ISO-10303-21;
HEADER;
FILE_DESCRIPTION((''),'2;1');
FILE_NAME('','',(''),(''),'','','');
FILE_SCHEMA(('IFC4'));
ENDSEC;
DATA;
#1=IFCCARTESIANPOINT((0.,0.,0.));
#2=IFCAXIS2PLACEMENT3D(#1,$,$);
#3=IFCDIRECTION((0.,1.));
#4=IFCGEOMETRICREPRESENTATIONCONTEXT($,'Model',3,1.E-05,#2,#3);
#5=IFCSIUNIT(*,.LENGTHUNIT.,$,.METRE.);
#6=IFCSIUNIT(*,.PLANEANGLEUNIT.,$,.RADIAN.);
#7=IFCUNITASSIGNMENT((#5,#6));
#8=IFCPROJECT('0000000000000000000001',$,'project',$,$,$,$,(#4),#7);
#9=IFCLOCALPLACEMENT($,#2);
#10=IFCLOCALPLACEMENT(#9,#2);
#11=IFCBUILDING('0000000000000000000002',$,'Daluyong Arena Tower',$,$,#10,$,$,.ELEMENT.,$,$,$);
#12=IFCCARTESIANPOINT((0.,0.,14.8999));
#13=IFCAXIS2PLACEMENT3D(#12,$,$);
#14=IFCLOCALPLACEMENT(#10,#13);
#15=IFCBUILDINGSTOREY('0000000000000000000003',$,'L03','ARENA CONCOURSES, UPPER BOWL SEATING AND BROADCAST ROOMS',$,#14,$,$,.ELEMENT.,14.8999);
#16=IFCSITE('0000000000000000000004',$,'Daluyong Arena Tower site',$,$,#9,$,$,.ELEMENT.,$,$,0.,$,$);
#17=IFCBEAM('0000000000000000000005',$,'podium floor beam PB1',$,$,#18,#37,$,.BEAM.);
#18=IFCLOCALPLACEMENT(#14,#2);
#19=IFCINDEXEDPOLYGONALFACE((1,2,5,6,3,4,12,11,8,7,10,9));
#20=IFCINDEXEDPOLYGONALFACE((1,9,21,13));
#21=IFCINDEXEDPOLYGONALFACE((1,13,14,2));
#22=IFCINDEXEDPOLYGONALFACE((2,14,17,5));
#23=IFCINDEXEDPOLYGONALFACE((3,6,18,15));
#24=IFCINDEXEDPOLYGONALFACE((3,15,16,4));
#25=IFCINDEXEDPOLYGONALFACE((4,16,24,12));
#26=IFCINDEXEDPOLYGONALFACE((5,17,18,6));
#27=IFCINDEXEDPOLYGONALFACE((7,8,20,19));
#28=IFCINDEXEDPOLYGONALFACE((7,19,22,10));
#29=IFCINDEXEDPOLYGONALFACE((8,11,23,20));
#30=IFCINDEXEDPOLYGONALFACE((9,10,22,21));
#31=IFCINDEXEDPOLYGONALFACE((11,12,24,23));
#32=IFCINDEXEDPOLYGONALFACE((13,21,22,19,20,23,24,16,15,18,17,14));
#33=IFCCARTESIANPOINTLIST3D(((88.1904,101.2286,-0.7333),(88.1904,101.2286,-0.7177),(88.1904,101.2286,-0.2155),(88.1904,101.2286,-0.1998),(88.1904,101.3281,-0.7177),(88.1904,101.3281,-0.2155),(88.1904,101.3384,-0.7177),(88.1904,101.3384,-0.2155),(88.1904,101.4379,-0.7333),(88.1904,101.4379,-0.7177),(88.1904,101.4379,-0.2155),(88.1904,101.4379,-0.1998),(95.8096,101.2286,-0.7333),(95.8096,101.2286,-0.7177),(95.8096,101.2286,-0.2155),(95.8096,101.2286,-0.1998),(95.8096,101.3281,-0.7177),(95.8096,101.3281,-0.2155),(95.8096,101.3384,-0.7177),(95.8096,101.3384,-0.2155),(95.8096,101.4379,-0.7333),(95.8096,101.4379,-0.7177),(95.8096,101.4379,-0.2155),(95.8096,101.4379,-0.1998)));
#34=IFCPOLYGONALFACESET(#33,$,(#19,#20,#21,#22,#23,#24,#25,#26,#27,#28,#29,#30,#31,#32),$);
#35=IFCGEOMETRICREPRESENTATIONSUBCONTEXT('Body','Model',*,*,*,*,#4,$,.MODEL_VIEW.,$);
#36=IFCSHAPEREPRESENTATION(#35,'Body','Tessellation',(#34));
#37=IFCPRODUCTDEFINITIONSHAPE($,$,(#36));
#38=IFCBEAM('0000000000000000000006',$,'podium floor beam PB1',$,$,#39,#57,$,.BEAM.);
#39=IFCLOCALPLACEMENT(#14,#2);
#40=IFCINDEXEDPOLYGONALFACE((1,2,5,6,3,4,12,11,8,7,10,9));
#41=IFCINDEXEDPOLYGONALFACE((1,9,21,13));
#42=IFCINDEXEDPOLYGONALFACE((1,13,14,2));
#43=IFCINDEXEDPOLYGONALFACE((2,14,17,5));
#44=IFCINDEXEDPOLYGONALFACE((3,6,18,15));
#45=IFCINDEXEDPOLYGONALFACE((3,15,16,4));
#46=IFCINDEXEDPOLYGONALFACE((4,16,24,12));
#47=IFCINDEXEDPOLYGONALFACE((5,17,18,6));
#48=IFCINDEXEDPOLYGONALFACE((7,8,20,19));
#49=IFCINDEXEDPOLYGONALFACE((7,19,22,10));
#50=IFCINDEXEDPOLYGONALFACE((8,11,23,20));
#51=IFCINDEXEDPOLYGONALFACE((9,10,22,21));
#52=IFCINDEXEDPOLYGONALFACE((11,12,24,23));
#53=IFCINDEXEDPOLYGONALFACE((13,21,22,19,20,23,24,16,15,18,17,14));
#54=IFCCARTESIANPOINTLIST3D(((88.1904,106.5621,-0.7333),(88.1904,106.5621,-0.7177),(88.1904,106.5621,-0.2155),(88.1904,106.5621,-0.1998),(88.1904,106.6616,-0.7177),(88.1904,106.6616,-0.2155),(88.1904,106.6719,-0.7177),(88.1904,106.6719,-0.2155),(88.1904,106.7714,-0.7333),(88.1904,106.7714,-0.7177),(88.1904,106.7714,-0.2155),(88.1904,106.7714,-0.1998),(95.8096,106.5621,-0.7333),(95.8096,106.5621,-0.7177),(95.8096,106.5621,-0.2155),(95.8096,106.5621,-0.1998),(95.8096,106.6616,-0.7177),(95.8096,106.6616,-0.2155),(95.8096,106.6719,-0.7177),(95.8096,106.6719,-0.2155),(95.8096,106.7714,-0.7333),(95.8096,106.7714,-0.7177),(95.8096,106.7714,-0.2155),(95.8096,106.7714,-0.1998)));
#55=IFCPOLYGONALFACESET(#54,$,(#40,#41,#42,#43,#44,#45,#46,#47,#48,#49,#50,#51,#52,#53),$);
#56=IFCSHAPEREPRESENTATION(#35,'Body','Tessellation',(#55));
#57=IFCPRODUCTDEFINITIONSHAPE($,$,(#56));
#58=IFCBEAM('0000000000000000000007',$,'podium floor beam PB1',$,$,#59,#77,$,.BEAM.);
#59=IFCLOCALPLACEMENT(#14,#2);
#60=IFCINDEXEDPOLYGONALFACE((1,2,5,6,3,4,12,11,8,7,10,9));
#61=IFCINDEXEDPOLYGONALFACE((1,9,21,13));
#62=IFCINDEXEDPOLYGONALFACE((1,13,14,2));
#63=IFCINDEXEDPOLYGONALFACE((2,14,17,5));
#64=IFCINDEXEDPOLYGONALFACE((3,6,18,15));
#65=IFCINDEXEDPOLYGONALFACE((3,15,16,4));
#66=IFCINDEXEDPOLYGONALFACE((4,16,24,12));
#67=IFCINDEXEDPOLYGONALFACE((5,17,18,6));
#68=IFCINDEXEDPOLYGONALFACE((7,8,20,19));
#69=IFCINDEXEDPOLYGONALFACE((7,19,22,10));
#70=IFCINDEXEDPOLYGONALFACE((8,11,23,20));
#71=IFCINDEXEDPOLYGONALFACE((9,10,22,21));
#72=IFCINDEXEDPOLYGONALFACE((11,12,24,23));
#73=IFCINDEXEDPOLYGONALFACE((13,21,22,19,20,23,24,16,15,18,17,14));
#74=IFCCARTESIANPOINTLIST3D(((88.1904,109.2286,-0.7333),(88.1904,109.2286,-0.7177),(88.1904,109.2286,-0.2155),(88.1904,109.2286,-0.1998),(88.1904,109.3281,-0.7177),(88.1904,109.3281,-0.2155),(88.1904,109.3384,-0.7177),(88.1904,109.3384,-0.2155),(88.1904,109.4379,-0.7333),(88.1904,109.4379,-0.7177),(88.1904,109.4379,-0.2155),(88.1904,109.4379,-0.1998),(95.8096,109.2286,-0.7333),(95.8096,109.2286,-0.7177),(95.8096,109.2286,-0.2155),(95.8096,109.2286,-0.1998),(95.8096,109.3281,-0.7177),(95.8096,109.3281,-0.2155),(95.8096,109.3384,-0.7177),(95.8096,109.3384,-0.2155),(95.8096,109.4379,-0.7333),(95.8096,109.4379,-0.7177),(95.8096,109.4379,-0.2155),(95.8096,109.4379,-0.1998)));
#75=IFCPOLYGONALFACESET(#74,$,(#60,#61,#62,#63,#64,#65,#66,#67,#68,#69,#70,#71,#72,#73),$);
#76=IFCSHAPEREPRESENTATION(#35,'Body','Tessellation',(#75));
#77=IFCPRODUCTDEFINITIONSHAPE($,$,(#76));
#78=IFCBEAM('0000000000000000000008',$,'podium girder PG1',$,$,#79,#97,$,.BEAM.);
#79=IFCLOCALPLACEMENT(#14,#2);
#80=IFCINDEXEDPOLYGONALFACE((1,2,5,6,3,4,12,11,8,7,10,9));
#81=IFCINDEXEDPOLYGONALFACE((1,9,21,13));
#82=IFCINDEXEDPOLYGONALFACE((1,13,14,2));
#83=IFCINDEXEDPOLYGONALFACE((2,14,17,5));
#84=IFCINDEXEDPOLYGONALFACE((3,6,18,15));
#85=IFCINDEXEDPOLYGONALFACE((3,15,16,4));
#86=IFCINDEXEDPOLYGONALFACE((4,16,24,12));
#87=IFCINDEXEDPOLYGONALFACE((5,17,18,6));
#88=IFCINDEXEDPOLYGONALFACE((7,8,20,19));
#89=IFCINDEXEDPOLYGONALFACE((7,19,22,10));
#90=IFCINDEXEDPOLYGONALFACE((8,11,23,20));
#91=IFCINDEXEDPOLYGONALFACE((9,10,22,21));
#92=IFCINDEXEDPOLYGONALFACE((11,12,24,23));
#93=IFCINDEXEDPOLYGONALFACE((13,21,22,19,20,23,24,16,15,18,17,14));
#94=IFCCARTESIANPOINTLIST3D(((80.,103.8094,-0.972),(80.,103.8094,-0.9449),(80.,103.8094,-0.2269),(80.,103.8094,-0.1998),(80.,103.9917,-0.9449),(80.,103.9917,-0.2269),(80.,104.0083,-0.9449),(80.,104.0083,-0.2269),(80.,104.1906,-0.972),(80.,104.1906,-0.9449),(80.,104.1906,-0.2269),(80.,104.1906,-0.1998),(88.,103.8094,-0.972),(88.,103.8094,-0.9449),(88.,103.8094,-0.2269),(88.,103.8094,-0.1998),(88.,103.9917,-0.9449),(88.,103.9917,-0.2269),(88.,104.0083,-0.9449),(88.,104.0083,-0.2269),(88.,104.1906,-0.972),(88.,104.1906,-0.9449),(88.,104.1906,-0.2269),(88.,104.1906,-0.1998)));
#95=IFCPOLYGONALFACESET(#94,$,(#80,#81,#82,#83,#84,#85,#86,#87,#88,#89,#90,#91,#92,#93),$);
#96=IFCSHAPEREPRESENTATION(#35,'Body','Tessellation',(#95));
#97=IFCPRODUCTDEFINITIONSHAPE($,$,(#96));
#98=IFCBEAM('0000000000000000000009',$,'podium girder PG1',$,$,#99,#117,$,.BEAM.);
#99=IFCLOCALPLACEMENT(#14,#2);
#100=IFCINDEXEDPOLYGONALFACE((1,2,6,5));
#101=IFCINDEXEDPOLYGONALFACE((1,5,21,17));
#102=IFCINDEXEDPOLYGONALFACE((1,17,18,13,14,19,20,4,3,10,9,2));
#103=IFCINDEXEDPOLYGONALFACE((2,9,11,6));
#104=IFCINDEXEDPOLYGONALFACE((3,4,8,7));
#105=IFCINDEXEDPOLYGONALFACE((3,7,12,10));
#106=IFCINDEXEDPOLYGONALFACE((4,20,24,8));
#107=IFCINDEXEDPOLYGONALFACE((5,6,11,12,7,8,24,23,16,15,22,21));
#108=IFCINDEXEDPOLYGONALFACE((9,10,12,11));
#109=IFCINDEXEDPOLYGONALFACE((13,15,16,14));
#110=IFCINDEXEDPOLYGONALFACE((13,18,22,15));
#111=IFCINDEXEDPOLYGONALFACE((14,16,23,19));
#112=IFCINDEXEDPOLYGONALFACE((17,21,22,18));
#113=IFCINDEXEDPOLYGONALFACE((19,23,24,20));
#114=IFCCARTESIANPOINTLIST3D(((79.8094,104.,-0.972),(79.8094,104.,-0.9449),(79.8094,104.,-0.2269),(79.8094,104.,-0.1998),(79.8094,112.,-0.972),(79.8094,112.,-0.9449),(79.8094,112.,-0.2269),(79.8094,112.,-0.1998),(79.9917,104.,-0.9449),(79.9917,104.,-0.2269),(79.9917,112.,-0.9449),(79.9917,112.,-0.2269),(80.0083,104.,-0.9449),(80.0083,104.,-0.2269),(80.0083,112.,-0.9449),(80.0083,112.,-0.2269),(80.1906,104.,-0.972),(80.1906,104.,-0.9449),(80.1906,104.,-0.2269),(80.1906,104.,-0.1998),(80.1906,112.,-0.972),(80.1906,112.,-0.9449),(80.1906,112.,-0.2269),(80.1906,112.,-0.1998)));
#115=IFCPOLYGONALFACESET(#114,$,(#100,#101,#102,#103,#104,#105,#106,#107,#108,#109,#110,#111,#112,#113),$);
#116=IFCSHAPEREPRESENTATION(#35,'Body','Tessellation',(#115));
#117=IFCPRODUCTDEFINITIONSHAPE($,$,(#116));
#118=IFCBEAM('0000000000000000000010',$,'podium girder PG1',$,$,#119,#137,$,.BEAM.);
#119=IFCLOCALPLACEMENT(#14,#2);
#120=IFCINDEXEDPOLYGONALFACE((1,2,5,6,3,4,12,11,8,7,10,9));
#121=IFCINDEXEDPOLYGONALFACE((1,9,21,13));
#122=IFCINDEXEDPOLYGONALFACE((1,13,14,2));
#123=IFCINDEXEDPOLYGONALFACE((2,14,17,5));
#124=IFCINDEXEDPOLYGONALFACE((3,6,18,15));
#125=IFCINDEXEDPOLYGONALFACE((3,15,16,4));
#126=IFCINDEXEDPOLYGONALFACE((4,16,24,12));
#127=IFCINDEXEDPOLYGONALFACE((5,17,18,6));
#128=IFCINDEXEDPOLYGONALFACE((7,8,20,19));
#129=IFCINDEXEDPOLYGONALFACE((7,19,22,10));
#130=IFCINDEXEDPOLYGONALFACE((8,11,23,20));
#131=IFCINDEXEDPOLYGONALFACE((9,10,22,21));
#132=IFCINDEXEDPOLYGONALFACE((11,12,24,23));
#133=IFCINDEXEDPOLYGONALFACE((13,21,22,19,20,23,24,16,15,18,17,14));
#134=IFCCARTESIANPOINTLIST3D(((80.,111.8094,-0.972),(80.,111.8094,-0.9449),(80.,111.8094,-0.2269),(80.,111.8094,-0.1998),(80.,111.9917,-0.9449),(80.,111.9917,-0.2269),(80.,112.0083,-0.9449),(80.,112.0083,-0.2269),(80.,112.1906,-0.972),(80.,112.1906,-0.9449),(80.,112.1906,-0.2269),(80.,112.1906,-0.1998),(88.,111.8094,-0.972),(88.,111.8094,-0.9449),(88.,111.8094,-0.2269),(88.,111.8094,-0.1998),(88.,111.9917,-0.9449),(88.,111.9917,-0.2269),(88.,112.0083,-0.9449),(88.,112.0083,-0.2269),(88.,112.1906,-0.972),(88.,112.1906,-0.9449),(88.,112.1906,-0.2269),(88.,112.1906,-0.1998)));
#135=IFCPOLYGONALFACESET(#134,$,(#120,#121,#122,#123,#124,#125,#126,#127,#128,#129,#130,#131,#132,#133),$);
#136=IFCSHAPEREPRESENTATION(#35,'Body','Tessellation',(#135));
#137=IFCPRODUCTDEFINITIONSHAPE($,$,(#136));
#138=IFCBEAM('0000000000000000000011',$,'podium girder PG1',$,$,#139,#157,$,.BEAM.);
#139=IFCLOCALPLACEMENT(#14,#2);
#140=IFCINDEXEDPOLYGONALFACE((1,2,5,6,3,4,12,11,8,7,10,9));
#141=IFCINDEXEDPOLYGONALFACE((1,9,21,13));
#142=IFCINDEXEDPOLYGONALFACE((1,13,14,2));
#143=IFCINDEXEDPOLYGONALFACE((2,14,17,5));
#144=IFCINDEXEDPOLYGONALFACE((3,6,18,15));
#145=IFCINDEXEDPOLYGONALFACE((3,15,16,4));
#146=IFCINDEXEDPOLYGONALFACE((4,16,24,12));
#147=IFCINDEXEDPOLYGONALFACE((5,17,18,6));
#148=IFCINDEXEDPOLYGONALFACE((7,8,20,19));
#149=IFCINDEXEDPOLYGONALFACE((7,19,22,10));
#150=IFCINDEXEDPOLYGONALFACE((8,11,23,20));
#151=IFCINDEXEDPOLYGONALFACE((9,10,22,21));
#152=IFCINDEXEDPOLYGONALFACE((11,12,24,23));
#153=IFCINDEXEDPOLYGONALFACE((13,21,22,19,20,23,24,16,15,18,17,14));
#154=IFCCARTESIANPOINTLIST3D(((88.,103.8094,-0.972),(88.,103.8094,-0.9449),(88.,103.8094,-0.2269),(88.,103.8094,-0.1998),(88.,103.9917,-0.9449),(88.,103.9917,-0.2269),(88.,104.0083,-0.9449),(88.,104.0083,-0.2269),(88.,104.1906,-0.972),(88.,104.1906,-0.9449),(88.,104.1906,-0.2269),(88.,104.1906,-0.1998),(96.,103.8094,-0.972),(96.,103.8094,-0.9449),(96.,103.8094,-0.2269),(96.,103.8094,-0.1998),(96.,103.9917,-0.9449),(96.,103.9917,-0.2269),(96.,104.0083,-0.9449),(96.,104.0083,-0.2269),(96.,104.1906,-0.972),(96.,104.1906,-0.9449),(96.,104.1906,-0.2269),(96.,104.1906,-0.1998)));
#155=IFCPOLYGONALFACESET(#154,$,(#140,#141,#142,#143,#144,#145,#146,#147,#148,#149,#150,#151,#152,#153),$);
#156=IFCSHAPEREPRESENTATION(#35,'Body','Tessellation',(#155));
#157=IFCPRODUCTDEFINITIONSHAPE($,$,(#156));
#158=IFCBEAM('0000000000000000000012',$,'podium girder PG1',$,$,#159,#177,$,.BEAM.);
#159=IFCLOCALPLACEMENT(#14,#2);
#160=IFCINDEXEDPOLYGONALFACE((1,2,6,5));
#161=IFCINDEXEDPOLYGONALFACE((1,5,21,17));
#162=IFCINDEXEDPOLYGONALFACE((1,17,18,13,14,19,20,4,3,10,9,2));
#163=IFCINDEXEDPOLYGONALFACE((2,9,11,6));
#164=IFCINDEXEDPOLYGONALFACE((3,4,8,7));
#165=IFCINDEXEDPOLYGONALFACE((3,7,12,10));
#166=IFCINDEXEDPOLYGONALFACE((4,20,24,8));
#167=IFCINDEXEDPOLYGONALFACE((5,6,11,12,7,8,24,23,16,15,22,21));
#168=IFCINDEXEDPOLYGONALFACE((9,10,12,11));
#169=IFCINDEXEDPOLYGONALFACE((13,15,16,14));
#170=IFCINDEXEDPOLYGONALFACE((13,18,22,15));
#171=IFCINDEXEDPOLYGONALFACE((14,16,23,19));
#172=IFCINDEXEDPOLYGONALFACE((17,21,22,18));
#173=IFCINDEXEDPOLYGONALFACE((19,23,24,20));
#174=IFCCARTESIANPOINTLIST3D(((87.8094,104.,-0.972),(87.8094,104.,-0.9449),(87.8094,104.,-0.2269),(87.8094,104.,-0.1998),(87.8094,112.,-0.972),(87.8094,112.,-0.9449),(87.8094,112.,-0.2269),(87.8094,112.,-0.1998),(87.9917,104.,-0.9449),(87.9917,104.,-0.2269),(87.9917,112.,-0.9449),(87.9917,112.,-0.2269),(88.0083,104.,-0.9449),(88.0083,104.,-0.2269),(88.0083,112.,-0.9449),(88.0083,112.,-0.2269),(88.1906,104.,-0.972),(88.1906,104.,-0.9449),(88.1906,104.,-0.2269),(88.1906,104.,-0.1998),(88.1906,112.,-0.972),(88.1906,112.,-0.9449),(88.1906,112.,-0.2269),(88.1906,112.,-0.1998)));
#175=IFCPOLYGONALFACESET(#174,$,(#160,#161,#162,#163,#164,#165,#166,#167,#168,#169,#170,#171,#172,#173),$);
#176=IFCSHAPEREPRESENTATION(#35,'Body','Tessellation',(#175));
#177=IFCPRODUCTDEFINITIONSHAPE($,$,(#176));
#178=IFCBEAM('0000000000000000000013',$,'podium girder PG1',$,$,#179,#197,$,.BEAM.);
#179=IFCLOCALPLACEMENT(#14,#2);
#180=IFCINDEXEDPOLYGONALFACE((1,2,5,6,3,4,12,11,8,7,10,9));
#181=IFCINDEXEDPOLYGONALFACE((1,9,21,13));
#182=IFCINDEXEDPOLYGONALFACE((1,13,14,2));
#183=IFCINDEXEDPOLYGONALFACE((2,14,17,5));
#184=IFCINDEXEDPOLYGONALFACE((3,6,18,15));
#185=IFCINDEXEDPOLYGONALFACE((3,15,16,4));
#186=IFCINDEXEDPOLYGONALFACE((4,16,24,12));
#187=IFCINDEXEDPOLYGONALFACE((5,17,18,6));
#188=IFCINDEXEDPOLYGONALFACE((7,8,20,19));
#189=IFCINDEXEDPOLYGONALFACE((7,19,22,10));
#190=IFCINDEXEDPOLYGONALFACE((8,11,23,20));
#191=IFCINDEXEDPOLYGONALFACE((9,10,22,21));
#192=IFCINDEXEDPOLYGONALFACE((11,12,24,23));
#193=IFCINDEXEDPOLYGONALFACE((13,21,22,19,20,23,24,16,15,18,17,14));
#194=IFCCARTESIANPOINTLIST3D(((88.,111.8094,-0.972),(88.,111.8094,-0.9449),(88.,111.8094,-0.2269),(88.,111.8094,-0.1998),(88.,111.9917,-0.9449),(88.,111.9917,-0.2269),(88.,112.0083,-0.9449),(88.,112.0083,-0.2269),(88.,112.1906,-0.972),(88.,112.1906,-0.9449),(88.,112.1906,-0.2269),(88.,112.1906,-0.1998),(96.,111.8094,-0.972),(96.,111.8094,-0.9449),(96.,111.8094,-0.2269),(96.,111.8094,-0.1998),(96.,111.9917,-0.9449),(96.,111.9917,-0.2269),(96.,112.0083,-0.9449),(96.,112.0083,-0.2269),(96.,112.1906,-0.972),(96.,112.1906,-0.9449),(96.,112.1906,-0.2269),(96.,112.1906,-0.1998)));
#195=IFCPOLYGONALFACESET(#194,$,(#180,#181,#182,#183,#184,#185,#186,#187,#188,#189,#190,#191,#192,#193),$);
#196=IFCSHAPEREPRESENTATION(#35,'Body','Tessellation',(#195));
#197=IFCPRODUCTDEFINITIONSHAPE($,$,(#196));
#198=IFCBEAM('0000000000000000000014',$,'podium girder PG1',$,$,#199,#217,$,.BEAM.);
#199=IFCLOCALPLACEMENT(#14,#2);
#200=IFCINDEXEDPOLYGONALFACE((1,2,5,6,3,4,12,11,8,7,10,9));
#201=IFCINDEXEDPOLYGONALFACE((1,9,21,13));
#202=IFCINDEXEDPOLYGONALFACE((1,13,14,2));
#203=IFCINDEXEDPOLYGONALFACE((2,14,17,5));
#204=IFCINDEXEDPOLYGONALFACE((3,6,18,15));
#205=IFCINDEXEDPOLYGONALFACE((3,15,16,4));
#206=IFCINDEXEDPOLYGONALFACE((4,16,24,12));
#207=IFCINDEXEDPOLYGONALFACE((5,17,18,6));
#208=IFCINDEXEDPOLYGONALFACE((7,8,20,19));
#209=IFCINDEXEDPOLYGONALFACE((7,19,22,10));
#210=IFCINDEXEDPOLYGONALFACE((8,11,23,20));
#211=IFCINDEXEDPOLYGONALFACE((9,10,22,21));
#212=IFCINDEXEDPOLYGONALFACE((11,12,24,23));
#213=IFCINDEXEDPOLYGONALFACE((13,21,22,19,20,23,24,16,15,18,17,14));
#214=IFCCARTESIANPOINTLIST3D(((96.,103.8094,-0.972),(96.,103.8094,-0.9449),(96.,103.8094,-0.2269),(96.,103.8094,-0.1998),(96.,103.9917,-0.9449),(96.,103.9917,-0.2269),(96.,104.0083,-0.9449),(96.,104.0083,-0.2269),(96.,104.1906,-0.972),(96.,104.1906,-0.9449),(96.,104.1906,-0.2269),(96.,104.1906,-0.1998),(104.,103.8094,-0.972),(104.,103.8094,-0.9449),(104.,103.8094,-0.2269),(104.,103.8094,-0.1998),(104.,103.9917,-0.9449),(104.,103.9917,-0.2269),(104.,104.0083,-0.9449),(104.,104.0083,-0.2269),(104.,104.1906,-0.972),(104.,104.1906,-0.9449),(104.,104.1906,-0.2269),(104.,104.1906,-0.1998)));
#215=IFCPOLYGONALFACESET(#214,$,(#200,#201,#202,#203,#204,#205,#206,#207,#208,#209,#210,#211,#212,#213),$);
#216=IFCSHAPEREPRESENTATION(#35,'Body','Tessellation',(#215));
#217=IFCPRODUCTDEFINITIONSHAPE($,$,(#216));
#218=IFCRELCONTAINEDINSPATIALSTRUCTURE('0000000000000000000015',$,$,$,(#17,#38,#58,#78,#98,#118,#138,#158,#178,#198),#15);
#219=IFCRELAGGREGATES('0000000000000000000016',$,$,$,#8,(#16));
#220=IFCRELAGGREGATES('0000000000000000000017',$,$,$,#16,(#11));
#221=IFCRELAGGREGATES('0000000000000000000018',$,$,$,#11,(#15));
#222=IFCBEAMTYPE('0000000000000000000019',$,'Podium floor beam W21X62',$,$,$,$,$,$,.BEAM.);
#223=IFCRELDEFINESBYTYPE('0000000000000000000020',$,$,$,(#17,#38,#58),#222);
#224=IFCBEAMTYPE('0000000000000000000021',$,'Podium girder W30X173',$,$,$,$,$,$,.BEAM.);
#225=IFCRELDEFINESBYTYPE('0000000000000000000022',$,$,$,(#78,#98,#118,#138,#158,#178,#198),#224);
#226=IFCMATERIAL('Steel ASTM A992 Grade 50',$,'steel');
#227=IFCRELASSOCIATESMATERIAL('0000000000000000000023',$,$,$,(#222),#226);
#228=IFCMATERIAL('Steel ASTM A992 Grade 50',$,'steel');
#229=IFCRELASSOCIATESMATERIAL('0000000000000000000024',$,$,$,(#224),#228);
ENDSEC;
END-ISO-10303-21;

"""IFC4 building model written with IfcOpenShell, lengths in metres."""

from ifc_helpers import new_model, si_unit, direction, frame, origin, origin_2d, place, context, subcontext, project, spatial, i_section, extrude, material, material_profile, profile_set, type_object, element, save


model = new_model("IFC4")

# Units and contexts
model_context = context("Model", 3, precision=1e-05, world=origin(), true_north=direction((0.0, 1.0)))
body_context = subcontext(model_context, "Body", "Model", "MODEL_VIEW")
ifc_project = project(units=[si_unit("LENGTHUNIT", "METRE"), si_unit("PLANEANGLEUNIT", "RADIAN")], contexts=[model_context])

# Site, building, storey
site_placement = place(None, origin())
site = spatial("IfcSite", under=ifc_project, at=site_placement, Name="Daluyong Arena Tower site", CompositionType="ELEMENT", RefElevation=0.0)
building_placement = place(site_placement, origin())
building = spatial("IfcBuilding", under=site, at=building_placement, Name="Daluyong Arena Tower", CompositionType="ELEMENT")
storey_placement = place(building_placement, frame((0.0, 0.0, 14.8999)))
storey = spatial("IfcBuildingStorey", under=building, at=storey_placement, Name="L03", Description="ARENA CONCOURSES, UPPER BOWL SEATING AND BROADCAST ROOMS", CompositionType="ELEMENT", Elevation=14.8999)

# Beams
ifc_material_1 = material(Name="Steel ASTM A992 Grade 50", Category="steel")
ifc_material_profile_1 = material_profile(ifc_material_1, i_section(OverallWidth=0.2092, OverallDepth=0.5334, WebThickness=0.0103, FlangeThickness=0.0156, at=origin_2d()))
ifc_profile_set_1 = profile_set([ifc_material_profile_1], Name="Steel ASTM A992 Grade 50")
beam_type_1 = type_object("IfcBeamType", Name="Podium floor beam W21X62", PredefinedType="BEAM", material=ifc_profile_set_1)
for number, where, z_axis, x_axis, name in (
    (1, (88.1904, 101.3333, -0.4666), (1.0, 0.0, 0.0), (0.0, 1.0, 0.0), "podium floor beam PB1"),
    (2, (88.1904, 106.6667, -0.4666), (1.0, 0.0, 0.0), (0.0, 1.0, 0.0), "podium floor beam PB1"),
    (3, (88.1904, 109.3333, -0.4666), (1.0, 0.0, 0.0), (0.0, 1.0, 0.0), "podium floor beam PB1"),
):
    element("IfcBeam", number, at=place(storey_placement, frame(where, z_axis=z_axis, x_axis=x_axis)), inside=storey, type_object=beam_type_1, Name=name, PredefinedType="BEAM", context=body_context, shape_type="SweptSolid", body=[
        extrude(i_section(OverallWidth=0.2092, OverallDepth=0.5334, WebThickness=0.0103, FlangeThickness=0.0156, at=origin_2d()), origin(), (0.0, 0.0, 1.0), 7.6191),
    ])
ifc_material_2 = material(Name="Steel ASTM A992 Grade 50", Category="steel")
ifc_material_profile_2 = material_profile(ifc_material_2, i_section(OverallWidth=0.3811, OverallDepth=0.7722, WebThickness=0.0166, FlangeThickness=0.0271, at=origin_2d()))
ifc_profile_set_2 = profile_set([ifc_material_profile_2], Name="Steel ASTM A992 Grade 50")
beam_type_2 = type_object("IfcBeamType", Name="Podium girder W30X173", PredefinedType="BEAM", material=ifc_profile_set_2)
for number, where, z_axis, x_axis, name in (
    (4, (80.0, 104.0, -0.5859), (1.0, 0.0, 0.0), (0.0, 1.0, 0.0), "podium girder PG1"),
    (5, (80.0, 104.0, -0.5859), (0.0, 1.0, 0.0), (-1.0, 0.0, 0.0), "podium girder PG1"),
    (6, (80.0, 112.0, -0.5859), (1.0, 0.0, 0.0), (0.0, 1.0, 0.0), "podium girder PG1"),
    (7, (88.0, 104.0, -0.5859), (1.0, 0.0, 0.0), (0.0, 1.0, 0.0), "podium girder PG1"),
    (8, (88.0, 104.0, -0.5859), (0.0, 1.0, 0.0), (-1.0, 0.0, 0.0), "podium girder PG1"),
    (9, (88.0, 112.0, -0.5859), (1.0, 0.0, 0.0), (0.0, 1.0, 0.0), "podium girder PG1"),
    (10, (96.0, 104.0, -0.5859), (1.0, 0.0, 0.0), (0.0, 1.0, 0.0), "podium girder PG1"),
):
    element("IfcBeam", number, at=place(storey_placement, frame(where, z_axis=z_axis, x_axis=x_axis)), inside=storey, type_object=beam_type_2, Name=name, PredefinedType="BEAM", context=body_context, shape_type="SweptSolid", body=[
        extrude(i_section(OverallWidth=0.3811, OverallDepth=0.7722, WebThickness=0.0166, FlangeThickness=0.0271, at=origin_2d()), origin(), (0.0, 0.0, 1.0), 8.0),
    ])

save(model, "model.ifc")
